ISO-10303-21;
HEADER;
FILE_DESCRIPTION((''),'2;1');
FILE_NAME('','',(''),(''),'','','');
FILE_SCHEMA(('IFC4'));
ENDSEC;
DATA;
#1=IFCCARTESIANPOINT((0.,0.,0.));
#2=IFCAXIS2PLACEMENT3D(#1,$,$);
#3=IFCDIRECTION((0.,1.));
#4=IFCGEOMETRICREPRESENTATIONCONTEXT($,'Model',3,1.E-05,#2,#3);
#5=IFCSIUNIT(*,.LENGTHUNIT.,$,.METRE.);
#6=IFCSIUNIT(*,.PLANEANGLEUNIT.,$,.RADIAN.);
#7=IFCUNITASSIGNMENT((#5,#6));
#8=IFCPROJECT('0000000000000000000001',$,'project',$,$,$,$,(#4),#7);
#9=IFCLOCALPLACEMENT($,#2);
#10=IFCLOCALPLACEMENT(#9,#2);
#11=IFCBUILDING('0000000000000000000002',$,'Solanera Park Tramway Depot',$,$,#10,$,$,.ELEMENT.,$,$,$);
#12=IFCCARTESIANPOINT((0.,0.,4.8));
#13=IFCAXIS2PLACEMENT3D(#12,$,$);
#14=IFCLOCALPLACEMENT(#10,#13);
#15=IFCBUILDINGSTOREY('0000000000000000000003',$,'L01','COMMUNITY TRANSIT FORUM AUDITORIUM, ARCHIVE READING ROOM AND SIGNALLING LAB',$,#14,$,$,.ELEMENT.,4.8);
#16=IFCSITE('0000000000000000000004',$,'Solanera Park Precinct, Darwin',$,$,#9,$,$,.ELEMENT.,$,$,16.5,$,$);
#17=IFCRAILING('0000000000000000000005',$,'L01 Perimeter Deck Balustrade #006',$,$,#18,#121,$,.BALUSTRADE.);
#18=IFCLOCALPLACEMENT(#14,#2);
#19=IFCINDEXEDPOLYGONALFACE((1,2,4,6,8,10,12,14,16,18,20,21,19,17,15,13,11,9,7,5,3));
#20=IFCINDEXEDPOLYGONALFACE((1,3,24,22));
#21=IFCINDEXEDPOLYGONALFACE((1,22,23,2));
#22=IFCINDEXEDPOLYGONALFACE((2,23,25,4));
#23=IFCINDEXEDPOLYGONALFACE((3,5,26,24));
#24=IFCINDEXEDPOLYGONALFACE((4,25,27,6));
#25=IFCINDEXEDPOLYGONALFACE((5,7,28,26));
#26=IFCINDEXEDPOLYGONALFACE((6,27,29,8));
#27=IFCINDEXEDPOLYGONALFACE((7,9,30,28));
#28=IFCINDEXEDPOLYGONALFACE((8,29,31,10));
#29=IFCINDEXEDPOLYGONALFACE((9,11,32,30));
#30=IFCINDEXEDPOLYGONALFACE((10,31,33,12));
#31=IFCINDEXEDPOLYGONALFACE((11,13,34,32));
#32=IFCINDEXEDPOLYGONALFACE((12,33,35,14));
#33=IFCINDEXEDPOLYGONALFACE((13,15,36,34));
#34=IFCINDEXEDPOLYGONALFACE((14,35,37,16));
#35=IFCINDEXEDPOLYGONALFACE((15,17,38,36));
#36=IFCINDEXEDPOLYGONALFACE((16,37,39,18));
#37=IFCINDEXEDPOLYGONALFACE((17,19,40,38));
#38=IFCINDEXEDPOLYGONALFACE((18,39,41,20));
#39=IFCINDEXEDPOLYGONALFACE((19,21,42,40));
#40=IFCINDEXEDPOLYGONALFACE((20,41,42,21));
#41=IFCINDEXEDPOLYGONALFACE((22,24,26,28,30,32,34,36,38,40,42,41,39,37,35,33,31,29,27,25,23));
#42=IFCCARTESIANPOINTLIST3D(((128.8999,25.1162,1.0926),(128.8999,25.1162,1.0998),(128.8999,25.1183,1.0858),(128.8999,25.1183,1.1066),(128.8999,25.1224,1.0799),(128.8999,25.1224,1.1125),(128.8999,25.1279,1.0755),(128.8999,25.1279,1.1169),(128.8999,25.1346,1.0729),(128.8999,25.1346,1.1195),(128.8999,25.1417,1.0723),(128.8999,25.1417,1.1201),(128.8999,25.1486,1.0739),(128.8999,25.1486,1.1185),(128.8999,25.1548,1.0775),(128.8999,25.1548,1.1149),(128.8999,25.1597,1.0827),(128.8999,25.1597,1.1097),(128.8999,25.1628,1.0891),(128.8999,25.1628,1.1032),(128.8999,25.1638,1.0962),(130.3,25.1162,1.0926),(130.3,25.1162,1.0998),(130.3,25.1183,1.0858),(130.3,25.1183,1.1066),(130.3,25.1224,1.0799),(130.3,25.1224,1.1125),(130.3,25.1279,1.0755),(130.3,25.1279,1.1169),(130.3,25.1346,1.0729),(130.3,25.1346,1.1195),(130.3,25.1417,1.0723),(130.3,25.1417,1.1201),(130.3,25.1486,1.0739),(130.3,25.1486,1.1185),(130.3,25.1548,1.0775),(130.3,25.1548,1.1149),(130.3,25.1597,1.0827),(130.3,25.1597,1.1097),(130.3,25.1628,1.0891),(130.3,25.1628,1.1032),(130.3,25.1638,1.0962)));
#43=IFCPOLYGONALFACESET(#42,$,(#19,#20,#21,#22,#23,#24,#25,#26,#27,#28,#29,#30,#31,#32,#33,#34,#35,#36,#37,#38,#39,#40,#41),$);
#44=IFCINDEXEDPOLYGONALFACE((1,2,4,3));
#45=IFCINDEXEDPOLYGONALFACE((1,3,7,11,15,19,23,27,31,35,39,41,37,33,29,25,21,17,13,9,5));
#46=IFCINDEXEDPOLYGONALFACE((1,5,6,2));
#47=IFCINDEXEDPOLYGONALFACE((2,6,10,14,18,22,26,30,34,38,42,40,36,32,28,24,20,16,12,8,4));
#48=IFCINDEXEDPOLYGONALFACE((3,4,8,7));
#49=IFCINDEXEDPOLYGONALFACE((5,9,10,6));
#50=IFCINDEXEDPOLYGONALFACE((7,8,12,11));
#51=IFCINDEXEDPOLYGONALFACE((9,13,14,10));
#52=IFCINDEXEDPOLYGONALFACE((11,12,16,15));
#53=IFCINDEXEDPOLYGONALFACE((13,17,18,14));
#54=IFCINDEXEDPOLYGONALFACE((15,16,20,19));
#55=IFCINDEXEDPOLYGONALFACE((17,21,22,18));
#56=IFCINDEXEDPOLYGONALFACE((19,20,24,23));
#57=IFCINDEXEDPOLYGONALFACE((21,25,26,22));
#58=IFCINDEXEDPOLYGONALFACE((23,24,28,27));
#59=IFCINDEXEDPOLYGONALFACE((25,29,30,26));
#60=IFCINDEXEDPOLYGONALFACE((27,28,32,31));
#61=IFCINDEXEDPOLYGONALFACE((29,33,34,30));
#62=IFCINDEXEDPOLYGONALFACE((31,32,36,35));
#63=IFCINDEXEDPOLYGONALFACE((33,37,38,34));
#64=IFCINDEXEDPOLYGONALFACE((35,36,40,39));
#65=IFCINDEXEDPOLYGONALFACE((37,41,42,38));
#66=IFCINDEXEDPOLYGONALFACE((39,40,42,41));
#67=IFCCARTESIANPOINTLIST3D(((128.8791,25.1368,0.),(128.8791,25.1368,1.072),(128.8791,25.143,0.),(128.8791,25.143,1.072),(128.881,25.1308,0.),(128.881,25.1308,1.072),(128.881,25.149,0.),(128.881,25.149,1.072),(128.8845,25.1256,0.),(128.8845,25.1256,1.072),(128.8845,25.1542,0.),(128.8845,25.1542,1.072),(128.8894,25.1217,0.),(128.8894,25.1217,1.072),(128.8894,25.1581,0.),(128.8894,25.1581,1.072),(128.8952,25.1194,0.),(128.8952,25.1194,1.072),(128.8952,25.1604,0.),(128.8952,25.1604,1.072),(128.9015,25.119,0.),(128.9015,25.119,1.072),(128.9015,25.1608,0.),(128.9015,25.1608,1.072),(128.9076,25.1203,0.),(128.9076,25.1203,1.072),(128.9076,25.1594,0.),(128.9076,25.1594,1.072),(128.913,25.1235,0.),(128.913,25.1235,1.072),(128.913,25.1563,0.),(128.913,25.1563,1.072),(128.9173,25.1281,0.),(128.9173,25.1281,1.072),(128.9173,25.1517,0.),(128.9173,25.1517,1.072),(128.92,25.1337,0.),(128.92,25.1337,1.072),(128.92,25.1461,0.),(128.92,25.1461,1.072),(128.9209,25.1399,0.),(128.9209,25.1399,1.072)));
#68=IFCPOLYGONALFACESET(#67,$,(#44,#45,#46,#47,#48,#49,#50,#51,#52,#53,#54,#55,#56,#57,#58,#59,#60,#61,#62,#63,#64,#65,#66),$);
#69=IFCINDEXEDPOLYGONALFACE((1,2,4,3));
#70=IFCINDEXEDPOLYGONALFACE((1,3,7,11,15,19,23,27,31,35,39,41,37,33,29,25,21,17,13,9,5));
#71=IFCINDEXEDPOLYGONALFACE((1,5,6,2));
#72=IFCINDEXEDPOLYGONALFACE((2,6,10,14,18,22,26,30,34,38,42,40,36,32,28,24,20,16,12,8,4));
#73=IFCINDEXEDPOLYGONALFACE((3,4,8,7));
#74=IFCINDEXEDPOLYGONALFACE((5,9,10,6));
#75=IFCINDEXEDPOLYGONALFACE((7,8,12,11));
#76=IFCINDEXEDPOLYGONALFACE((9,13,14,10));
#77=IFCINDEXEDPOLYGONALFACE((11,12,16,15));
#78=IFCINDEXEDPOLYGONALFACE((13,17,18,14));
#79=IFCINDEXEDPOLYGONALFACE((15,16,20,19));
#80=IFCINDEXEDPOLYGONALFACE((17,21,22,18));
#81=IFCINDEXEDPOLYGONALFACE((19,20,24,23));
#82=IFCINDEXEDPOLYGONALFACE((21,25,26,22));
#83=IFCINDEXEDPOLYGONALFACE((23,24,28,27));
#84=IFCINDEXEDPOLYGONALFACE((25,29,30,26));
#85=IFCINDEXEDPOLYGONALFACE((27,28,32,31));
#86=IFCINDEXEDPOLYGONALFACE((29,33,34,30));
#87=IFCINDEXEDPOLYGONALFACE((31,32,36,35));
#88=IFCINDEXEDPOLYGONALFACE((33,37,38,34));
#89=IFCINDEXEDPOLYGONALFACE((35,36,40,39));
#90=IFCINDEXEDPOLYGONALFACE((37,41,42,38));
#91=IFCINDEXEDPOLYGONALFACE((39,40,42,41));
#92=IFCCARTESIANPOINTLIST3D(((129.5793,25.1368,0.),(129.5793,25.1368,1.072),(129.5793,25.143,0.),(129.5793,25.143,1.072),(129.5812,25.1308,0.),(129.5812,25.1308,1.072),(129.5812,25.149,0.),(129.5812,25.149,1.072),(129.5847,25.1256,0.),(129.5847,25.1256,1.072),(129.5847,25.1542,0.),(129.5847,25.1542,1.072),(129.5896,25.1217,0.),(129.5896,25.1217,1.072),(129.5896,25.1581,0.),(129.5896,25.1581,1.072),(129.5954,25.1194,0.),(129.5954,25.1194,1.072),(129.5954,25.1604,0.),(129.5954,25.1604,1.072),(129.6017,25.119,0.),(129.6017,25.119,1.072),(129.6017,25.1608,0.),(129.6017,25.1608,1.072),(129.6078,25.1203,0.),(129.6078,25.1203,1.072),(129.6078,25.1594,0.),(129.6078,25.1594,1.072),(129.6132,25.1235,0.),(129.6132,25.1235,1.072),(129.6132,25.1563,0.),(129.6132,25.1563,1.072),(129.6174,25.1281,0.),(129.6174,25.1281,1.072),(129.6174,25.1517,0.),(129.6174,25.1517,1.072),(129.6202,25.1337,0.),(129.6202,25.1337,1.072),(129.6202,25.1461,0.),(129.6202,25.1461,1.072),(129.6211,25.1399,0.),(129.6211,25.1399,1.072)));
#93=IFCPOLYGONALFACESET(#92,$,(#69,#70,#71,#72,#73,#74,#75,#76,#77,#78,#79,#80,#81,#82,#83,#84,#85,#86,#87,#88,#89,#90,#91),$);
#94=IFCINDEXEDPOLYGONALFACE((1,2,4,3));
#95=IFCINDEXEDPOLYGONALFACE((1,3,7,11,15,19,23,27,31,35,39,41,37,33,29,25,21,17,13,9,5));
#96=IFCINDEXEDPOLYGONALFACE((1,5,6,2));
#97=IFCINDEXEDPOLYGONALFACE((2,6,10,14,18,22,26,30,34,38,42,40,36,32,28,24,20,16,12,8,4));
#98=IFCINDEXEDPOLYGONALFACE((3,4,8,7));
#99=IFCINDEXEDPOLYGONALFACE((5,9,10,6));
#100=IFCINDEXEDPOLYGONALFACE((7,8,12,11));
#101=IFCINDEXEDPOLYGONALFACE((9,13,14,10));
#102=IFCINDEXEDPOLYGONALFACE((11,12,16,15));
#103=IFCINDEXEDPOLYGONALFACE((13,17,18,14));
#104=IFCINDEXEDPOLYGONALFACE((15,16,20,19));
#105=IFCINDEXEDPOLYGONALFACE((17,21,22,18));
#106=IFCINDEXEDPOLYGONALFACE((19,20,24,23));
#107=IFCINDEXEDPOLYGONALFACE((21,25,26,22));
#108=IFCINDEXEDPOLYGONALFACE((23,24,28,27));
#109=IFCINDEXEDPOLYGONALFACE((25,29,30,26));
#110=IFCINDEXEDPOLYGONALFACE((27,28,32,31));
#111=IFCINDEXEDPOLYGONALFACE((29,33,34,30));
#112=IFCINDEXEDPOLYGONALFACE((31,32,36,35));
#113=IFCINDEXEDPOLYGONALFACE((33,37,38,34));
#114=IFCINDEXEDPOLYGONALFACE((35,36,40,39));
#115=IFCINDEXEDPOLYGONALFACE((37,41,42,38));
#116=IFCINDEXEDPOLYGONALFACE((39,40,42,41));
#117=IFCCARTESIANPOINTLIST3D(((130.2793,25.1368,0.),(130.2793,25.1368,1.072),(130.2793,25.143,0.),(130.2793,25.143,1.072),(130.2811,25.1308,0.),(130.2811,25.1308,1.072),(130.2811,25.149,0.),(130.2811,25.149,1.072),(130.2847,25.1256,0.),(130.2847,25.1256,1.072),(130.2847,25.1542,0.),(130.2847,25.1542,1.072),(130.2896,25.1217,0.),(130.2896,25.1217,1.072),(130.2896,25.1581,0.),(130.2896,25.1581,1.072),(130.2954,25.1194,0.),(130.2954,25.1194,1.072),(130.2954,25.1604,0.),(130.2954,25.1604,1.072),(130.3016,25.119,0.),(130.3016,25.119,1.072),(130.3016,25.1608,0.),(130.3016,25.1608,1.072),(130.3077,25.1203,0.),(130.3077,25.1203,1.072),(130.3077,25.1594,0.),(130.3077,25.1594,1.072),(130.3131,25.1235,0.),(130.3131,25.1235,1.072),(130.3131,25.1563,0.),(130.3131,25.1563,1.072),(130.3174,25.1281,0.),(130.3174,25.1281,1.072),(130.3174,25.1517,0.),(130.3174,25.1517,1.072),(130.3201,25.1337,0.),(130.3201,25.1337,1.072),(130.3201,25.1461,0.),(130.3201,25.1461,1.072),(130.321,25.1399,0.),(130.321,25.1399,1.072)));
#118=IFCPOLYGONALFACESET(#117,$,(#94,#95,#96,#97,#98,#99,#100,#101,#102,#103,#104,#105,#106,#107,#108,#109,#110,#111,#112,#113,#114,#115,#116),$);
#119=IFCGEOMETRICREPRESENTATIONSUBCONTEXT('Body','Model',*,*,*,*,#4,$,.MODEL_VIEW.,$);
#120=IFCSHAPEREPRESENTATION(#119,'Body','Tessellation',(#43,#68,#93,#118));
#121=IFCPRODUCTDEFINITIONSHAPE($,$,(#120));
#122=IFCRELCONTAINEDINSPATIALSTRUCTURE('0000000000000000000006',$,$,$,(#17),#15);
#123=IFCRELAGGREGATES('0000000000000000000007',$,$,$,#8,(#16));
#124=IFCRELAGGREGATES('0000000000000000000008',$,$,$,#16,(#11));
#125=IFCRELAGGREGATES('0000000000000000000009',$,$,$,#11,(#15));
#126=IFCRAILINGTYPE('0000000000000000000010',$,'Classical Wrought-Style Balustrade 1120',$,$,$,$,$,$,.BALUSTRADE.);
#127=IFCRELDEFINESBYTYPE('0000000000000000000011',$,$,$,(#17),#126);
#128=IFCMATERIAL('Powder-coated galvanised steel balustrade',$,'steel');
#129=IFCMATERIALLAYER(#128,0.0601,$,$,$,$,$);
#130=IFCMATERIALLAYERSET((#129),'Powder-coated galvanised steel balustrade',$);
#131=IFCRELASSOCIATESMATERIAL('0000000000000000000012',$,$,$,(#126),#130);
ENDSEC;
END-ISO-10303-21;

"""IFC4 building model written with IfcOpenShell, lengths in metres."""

from ifc_helpers import new_model, si_unit, direction, frame, origin, origin_2d, place, context, subcontext, project, spatial, circle, extrude, material, layer, layer_set, type_object, element, save


model = new_model("IFC4")

# Units and contexts
model_context = context("Model", 3, precision=1e-05, world=origin(), true_north=direction((0.0, 1.0)))
body_context = subcontext(model_context, "Body", "Model", "MODEL_VIEW")
ifc_project = project(units=[si_unit("LENGTHUNIT", "METRE"), si_unit("PLANEANGLEUNIT", "RADIAN")], contexts=[model_context])

# Site, building, storey
site_placement = place(None, origin())
site = spatial("IfcSite", under=ifc_project, at=site_placement, Name="Solanera Park Precinct, Darwin", CompositionType="ELEMENT", RefElevation=16.5)
building_placement = place(site_placement, origin())
building = spatial("IfcBuilding", under=site, at=building_placement, Name="Solanera Park Tramway Depot", CompositionType="ELEMENT")
storey_placement = place(building_placement, frame((0.0, 0.0, 4.8)))
storey = spatial("IfcBuildingStorey", under=building, at=storey_placement, Name="L01", Description="COMMUNITY TRANSIT FORUM AUDITORIUM, ARCHIVE READING ROOM AND SIGNALLING LAB", CompositionType="ELEMENT", Elevation=4.8)

# Railing
ifc_material_1 = material(Name="Powder-coated galvanised steel balustrade", Category="steel")
ifc_layer_1 = layer(ifc_material_1, 0.0601)
ifc_layer_set_1 = layer_set([ifc_layer_1], Name="Powder-coated galvanised steel balustrade")
railing_type_1 = type_object("IfcRailingType", Name="Classical Wrought-Style Balustrade 1120", PredefinedType="BALUSTRADE", material=ifc_layer_set_1)
railing_1_placement = place(storey_placement, frame((128.8999, 25.1399, 0.0)))
element("IfcRailing", 1, at=railing_1_placement, inside=storey, type_object=railing_type_1, Name="L01 Perimeter Deck Balustrade #006", PredefinedType="BALUSTRADE", context=body_context, shape_type="SweptSolid", body=[
    extrude(circle(Radius=0.0239, at=origin_2d()), frame((0.0, 0.0, 1.0962), z_axis=(1.0, 0.0, 0.0), x_axis=(0.0, 1.0, 0.0)), (0.0, 0.0, 1.0), 1.4001),
    extrude(circle(Radius=0.021, at=origin_2d()), origin(), (0.0, 0.0, 1.0), 1.072),
    extrude(circle(Radius=0.021, at=origin_2d()), frame((0.7002, 0.0, 0.0)), (0.0, 0.0, 1.0), 1.072),
    extrude(circle(Radius=0.021, at=origin_2d()), frame((1.4001, 0.0, 0.0)), (0.0, 0.0, 1.0), 1.072),
])

save(model, "model.ifc")
